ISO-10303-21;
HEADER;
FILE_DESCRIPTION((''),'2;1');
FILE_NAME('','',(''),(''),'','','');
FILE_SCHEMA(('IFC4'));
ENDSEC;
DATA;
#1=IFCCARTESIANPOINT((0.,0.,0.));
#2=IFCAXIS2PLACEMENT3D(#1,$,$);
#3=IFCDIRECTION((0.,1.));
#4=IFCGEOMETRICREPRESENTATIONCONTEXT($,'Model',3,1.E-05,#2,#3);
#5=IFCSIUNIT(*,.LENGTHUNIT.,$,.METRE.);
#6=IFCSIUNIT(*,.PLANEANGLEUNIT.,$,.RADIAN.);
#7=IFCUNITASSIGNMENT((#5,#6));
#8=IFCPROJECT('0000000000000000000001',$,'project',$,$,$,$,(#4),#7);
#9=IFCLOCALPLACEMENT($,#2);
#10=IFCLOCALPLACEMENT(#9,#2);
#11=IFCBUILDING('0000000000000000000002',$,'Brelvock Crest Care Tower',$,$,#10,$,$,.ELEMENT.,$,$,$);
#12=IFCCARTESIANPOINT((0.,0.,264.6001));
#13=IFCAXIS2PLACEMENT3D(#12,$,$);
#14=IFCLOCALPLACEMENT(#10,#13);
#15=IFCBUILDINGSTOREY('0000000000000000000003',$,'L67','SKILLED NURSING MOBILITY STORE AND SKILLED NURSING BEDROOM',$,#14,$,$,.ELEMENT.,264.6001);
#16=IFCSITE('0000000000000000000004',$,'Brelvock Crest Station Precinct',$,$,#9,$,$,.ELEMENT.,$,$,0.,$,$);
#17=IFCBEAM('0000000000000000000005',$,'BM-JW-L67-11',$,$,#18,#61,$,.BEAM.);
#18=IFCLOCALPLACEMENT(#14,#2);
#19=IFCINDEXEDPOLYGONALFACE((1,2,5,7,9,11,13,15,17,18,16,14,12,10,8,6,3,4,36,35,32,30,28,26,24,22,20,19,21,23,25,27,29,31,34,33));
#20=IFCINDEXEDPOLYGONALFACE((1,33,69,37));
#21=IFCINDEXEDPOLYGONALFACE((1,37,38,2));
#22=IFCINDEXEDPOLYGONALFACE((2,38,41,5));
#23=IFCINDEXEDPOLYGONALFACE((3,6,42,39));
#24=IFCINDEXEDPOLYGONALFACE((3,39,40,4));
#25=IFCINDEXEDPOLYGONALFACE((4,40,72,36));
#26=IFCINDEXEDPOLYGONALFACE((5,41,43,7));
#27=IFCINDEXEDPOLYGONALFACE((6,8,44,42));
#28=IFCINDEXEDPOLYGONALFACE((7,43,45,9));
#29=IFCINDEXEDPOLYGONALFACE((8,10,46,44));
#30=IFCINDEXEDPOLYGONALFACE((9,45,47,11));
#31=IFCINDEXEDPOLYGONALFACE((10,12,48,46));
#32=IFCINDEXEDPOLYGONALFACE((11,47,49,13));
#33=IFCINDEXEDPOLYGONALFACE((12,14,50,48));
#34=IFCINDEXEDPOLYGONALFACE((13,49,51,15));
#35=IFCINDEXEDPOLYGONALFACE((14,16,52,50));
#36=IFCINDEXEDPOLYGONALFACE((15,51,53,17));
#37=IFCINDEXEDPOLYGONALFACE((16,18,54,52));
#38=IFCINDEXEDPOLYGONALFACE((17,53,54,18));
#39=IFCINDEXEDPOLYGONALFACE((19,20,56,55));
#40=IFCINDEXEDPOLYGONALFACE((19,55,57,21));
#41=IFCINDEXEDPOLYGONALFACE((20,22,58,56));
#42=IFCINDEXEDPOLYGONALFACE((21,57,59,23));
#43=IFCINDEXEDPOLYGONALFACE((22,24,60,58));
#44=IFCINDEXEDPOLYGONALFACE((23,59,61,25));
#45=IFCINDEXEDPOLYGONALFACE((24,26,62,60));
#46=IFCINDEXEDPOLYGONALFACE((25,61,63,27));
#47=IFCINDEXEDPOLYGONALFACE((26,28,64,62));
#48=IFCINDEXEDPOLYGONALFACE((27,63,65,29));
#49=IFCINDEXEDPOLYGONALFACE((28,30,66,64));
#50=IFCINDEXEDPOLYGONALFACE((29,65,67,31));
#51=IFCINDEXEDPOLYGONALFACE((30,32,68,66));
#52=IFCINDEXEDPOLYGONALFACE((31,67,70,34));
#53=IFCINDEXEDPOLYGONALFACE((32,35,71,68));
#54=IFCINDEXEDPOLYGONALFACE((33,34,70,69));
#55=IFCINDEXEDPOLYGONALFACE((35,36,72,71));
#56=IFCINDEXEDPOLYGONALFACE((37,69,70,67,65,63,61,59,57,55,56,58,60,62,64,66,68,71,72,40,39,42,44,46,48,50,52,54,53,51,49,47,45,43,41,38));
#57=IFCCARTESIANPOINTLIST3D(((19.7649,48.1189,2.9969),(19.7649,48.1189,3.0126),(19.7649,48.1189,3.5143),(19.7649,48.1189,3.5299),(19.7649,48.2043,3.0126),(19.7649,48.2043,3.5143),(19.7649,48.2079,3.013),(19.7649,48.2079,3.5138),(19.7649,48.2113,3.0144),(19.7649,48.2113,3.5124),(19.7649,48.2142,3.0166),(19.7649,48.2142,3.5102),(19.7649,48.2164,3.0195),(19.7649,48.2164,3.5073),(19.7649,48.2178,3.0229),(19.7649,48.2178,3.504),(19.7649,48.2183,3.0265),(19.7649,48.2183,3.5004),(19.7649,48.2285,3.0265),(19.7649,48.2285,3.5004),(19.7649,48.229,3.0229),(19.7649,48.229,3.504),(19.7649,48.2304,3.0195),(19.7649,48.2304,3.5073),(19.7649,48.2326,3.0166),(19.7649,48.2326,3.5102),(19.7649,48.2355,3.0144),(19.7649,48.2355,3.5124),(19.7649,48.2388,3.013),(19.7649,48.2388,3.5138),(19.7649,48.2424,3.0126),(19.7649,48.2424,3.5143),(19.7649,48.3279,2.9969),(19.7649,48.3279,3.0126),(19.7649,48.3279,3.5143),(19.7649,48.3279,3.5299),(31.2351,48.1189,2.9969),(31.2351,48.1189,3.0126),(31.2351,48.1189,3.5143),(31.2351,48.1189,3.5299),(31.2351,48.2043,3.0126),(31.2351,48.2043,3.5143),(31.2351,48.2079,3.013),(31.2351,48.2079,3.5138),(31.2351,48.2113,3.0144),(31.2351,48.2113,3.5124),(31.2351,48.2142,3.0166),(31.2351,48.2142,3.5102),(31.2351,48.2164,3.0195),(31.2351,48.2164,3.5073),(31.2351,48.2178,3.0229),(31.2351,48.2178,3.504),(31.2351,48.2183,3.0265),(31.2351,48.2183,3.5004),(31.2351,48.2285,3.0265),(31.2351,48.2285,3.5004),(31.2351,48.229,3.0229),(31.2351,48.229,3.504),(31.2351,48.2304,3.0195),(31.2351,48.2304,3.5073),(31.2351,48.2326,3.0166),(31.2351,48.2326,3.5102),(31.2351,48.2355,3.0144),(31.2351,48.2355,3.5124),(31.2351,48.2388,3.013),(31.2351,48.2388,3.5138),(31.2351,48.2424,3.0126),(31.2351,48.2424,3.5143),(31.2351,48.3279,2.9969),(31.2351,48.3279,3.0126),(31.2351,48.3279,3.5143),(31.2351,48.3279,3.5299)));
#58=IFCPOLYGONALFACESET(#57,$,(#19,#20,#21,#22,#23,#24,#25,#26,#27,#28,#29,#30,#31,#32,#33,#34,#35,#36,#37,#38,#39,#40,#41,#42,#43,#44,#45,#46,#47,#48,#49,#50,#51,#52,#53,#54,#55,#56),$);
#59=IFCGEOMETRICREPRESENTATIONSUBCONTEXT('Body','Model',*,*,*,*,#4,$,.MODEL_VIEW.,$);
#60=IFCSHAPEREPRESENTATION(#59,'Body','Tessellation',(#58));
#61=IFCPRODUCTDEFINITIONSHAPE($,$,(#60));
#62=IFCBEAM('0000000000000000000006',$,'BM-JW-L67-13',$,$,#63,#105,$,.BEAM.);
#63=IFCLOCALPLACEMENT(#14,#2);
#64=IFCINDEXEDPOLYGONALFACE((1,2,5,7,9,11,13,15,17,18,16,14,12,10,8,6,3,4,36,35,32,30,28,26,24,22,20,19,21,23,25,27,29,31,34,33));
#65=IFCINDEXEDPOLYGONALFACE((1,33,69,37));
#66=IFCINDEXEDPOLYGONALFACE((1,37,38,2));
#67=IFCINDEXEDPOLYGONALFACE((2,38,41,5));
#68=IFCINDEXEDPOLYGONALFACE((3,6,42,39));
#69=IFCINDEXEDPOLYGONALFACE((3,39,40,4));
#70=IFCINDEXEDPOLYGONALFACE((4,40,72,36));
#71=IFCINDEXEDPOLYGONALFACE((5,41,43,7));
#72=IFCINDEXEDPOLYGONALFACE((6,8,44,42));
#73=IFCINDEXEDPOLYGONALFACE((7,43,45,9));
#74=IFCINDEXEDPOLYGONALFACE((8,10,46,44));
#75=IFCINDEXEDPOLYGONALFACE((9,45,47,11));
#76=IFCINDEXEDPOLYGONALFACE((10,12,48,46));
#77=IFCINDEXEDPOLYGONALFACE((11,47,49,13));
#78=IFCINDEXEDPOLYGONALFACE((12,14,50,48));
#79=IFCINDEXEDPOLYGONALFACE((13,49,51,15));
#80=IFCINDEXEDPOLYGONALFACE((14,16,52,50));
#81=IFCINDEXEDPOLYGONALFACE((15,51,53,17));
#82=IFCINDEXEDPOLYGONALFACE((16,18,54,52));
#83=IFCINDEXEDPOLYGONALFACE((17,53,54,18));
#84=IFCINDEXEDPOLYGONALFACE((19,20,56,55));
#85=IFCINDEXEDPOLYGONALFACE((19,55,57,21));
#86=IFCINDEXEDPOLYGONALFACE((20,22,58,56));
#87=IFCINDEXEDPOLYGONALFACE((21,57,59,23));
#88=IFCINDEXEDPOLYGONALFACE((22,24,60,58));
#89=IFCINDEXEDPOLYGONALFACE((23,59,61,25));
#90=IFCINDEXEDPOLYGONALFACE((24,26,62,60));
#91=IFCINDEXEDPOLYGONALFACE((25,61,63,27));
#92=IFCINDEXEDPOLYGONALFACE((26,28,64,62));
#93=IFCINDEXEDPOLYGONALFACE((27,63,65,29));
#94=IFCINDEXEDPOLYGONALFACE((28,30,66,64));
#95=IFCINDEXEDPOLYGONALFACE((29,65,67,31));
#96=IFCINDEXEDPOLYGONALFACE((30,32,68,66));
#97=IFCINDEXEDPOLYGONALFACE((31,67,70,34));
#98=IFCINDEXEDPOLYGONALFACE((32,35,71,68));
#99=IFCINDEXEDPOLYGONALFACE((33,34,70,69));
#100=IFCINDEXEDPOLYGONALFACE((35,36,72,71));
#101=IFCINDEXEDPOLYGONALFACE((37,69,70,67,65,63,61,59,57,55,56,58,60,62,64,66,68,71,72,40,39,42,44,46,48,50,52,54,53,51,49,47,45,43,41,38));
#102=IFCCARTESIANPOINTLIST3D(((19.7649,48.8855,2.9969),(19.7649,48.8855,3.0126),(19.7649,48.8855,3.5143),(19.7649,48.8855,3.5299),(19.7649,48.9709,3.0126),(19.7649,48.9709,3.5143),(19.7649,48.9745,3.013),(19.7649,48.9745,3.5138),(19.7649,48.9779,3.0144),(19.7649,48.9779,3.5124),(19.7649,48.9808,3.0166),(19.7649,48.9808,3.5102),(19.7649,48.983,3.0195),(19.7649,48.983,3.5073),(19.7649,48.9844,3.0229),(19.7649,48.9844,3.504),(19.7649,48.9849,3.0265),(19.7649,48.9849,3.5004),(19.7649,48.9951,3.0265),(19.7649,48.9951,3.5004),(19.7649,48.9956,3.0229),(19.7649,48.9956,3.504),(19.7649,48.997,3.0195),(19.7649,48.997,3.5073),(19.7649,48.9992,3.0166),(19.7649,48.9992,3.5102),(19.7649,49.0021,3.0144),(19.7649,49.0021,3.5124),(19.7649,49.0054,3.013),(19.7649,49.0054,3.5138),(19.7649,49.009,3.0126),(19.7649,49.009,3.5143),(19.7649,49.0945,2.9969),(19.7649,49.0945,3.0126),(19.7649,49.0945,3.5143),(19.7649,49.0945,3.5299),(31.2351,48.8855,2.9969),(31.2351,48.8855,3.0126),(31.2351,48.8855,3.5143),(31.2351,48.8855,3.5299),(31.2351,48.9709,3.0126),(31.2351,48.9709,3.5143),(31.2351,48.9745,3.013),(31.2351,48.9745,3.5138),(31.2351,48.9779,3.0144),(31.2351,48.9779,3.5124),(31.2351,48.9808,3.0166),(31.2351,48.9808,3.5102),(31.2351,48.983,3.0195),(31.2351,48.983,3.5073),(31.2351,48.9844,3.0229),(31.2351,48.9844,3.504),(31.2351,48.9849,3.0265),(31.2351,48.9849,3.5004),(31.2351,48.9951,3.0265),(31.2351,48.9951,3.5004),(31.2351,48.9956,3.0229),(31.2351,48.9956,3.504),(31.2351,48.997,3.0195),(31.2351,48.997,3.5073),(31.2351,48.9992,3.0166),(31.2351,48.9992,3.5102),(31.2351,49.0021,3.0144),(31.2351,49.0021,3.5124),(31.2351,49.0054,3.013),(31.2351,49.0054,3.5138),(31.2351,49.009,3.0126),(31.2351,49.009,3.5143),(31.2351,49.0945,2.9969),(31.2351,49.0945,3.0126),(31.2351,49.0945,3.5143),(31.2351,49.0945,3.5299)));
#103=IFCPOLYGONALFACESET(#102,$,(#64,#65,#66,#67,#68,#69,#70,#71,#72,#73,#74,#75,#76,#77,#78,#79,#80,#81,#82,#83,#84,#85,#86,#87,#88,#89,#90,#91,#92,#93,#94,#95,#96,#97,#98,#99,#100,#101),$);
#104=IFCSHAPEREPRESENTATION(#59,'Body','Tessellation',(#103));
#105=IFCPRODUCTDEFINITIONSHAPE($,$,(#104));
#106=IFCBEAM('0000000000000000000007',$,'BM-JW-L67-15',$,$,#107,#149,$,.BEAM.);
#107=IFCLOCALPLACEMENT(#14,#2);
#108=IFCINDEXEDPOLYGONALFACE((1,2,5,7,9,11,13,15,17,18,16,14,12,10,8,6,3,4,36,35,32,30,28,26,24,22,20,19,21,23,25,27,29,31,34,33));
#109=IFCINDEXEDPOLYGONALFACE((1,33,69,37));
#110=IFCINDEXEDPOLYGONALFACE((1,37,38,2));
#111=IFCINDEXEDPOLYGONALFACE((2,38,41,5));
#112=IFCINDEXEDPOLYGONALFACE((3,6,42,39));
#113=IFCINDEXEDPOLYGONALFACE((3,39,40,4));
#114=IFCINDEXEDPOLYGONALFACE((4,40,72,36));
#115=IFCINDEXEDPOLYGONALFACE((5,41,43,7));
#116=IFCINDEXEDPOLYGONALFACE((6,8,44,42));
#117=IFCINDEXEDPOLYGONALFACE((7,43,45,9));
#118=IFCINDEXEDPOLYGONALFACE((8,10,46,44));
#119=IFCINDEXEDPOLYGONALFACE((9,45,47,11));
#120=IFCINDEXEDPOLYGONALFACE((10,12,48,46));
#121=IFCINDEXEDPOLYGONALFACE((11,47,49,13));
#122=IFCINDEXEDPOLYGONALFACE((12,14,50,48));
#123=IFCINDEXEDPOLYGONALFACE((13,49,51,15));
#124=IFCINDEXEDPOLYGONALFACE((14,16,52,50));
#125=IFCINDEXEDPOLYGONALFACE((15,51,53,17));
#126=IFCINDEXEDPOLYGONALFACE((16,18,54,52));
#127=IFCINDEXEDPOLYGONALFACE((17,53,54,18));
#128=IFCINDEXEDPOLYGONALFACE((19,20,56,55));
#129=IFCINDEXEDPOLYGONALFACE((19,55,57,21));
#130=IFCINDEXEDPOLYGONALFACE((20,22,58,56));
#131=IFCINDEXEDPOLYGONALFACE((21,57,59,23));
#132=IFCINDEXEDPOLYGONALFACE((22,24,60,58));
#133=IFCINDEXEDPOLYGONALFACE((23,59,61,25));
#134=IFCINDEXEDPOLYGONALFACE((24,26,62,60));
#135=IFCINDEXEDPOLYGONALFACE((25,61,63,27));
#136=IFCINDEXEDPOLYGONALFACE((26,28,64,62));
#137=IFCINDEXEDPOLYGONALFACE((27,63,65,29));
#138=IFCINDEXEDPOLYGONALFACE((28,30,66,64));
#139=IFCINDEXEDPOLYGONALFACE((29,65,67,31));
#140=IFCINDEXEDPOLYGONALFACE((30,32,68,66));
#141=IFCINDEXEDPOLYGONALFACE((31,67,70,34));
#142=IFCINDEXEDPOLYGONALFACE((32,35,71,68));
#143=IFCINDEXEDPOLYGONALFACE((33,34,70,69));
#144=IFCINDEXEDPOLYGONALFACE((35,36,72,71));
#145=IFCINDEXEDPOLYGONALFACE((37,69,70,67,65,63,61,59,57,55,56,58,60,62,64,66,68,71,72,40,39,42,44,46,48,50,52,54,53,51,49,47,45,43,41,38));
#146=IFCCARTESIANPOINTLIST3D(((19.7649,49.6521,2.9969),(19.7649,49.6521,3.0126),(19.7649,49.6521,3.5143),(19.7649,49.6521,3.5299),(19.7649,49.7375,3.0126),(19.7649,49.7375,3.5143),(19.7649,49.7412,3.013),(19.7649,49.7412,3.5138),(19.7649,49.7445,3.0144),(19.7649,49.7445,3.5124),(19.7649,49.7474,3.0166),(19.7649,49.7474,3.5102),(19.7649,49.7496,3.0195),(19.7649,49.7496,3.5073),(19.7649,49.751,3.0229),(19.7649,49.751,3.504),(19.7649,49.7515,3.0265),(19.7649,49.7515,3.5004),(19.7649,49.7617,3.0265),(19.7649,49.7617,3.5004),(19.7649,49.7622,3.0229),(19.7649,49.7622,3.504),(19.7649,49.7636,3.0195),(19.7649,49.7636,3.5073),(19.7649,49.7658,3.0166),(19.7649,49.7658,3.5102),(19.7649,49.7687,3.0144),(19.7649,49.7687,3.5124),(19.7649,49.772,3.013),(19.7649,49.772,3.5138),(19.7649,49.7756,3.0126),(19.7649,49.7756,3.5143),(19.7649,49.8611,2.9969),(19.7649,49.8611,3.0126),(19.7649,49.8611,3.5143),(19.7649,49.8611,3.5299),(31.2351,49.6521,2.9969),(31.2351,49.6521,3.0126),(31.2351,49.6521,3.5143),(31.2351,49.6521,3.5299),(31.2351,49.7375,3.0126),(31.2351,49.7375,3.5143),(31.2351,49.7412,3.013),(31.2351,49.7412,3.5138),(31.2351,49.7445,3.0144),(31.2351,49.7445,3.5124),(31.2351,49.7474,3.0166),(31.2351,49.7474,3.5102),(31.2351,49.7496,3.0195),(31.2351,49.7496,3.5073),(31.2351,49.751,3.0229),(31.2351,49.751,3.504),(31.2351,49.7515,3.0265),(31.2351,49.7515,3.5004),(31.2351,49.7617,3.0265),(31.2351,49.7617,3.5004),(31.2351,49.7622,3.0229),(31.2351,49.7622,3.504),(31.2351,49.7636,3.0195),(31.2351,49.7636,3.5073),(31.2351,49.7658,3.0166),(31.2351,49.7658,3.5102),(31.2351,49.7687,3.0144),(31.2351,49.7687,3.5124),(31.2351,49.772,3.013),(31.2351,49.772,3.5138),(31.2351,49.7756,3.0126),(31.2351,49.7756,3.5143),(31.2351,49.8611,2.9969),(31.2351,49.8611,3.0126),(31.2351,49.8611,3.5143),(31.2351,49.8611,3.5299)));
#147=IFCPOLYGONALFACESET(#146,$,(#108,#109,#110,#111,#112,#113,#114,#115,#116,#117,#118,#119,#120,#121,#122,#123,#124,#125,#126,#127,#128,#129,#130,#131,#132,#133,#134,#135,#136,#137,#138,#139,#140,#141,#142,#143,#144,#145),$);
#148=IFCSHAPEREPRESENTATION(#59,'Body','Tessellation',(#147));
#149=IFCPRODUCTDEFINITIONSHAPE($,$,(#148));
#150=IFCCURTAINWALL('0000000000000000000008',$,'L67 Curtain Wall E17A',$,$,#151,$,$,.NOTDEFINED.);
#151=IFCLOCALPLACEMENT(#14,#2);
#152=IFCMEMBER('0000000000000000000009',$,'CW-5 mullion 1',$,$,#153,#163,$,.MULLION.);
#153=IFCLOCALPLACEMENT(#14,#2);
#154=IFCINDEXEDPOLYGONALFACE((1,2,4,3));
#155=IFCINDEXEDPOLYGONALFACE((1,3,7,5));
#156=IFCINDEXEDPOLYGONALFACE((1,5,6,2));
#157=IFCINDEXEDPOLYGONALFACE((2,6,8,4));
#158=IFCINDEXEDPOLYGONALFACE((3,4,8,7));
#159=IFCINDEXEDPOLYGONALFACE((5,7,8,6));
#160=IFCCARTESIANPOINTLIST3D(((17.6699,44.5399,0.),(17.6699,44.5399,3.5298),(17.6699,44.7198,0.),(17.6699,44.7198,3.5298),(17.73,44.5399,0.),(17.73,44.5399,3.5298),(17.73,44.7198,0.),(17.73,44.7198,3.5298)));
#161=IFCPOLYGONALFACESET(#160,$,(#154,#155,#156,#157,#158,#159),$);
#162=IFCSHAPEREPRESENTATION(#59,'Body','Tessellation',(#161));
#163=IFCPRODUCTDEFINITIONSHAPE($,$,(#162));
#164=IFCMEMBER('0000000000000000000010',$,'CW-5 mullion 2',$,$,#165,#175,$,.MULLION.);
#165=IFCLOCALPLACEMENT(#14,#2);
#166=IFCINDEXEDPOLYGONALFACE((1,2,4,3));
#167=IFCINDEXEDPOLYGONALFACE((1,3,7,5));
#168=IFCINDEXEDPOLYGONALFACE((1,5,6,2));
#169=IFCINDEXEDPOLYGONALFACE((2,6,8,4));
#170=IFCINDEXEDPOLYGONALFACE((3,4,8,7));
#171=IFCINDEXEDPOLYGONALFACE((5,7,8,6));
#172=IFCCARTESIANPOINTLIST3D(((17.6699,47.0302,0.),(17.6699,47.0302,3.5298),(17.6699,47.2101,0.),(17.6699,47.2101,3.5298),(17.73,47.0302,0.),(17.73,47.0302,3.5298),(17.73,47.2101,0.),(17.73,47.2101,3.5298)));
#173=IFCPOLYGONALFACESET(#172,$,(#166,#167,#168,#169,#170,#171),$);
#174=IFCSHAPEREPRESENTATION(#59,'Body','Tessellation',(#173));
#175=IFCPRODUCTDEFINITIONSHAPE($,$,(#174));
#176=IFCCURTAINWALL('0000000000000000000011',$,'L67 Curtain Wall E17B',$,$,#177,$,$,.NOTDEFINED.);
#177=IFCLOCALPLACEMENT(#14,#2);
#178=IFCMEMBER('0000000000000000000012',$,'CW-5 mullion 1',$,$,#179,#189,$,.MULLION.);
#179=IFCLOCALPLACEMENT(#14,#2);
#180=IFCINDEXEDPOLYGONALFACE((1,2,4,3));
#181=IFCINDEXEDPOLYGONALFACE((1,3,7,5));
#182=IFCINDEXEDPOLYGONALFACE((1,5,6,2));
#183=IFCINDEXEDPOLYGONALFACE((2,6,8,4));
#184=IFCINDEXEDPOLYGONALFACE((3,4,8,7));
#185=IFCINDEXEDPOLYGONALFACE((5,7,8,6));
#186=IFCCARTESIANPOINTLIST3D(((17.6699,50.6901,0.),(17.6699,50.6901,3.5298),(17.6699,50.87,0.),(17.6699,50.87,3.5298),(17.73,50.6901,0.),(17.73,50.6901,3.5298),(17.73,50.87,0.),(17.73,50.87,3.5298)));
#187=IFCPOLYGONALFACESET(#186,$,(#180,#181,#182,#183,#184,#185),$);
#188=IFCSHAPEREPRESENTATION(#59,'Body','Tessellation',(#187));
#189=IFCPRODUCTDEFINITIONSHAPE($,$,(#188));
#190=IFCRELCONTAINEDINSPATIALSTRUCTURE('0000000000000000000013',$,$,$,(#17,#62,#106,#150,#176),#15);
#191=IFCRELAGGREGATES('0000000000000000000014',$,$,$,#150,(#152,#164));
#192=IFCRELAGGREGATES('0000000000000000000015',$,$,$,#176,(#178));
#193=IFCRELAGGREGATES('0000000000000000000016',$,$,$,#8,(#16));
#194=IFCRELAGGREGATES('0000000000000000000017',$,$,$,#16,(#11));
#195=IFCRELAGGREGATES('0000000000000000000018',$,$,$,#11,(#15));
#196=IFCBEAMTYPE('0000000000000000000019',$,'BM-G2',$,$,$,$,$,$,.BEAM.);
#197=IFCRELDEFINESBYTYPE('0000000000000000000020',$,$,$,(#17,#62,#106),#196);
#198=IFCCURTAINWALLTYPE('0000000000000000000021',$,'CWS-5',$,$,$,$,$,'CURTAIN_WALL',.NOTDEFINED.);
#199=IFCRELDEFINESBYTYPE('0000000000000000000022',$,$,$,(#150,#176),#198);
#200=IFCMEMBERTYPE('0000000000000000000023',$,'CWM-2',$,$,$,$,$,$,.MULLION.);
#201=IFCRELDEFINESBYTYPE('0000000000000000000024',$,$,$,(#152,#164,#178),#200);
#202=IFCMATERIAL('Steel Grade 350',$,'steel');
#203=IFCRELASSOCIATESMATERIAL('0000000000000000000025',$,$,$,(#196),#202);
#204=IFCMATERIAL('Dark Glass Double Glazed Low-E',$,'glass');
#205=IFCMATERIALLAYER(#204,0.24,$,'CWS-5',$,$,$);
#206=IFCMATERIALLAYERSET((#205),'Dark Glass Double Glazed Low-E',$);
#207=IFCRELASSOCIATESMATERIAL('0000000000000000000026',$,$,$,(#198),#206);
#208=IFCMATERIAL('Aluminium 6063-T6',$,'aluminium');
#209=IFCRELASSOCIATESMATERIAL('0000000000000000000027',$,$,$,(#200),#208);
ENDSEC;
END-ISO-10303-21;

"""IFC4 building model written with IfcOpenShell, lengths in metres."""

from ifc_helpers import new_model, si_unit, direction, frame, origin, origin_2d, place, context, subcontext, project, spatial, rectangle, i_section, extrude, source, transform, mapped, material, layer, layer_set, material_profile, profile_set, type_object, element, aggregate, save


model = new_model("IFC4")

# Units and contexts
model_context = context("Model", 3, precision=1e-05, world=origin(), true_north=direction((0.0, 1.0)))
body_context = subcontext(model_context, "Body", "Model", "MODEL_VIEW")
ifc_project = project(units=[si_unit("LENGTHUNIT", "METRE"), si_unit("PLANEANGLEUNIT", "RADIAN")], contexts=[model_context])

# Site, building, storey
site_placement = place(None, origin())
site = spatial("IfcSite", under=ifc_project, at=site_placement, Name="Brelvock Crest Station Precinct", CompositionType="ELEMENT", RefElevation=0.0)
building_placement = place(site_placement, origin())
building = spatial("IfcBuilding", under=site, at=building_placement, Name="Brelvock Crest Care Tower", CompositionType="ELEMENT")
storey_placement = place(building_placement, frame((0.0, 0.0, 264.6001)))
storey = spatial("IfcBuildingStorey", under=building, at=storey_placement, Name="L67", Description="SKILLED NURSING MOBILITY STORE AND SKILLED NURSING BEDROOM", CompositionType="ELEMENT", Elevation=264.6001)

# Beams
ifc_material_1 = material(Name="Steel Grade 350", Category="steel")
ifc_material_profile_1 = material_profile(ifc_material_1, i_section(OverallWidth=0.209, OverallDepth=0.533, WebThickness=0.0103, FlangeThickness=0.0156, FilletRadius=0.0139, at=origin_2d()), Name="530UB92.4")
ifc_profile_set_1 = profile_set([ifc_material_profile_1], Name="Steel Grade 350")
beam_type_1 = type_object("IfcBeamType", Name="BM-G2", PredefinedType="BEAM", material=ifc_profile_set_1)
shared_shape_1 = source(origin(), body_context, "Body", "SweptSolid", [
    extrude(i_section(OverallWidth=0.209, OverallDepth=0.533, WebThickness=0.0103, FlangeThickness=0.0156, FilletRadius=0.0139, at=origin_2d()), origin(), (0.0, 0.0, 1.0), 11.4702),
])
for number, where, z_axis, x_axis, name in (
    (1, (19.7649, 48.2234, 3.2634), (1.0, 0.0, 0.0), (0.0, 1.0, 0.0), "BM-JW-L67-11"),
    (2, (19.7649, 48.99, 3.2634), (1.0, 0.0, 0.0), (0.0, 1.0, 0.0), "BM-JW-L67-13"),
    (3, (19.7649, 49.7566, 3.2634), (1.0, 0.0, 0.0), (0.0, 1.0, 0.0), "BM-JW-L67-15"),
):
    element("IfcBeam", number, at=place(storey_placement, frame(where, z_axis=z_axis, x_axis=x_axis)), inside=storey, type_object=beam_type_1, Name=name, PredefinedType="BEAM", context=body_context, shape_type="MappedRepresentation", body=[
        mapped(shared_shape_1, transform((0.0, 0.0, 0.0), x_axis=(1.0, 0.0, 0.0), y_axis=(0.0, 1.0, 0.0), z_axis=(0.0, 0.0, 1.0), scale=1.0)),
    ])

# Curtain wall, members
ifc_material_2 = material(Name="Dark Glass Double Glazed Low-E", Category="glass")
ifc_layer_1 = layer(ifc_material_2, 0.24, Name="CWS-5")
ifc_layer_set_1 = layer_set([ifc_layer_1], Name="Dark Glass Double Glazed Low-E")
curtain_wall_type = type_object("IfcCurtainWallType", Name="CWS-5", ElementType="CURTAIN_WALL", PredefinedType="NOTDEFINED", material=ifc_layer_set_1)
curtain_wall_1_placement = place(storey_placement, origin())
curtain_wall_1 = element("IfcCurtainWall", 4, at=curtain_wall_1_placement, inside=storey, type_object=curtain_wall_type, Name="L67 Curtain Wall E17A", PredefinedType="NOTDEFINED")
ifc_material_3 = material(Name="Aluminium 6063-T6", Category="aluminium")
ifc_material_profile_2 = material_profile(ifc_material_3, rectangle(XDim=0.0601, YDim=0.1799, at=origin_2d()), Name="ALU60x180")
ifc_profile_set_2 = profile_set([ifc_material_profile_2], Name="Aluminium 6063-T6")
member_type_1 = type_object("IfcMemberType", Name="CWM-2", PredefinedType="MULLION", material=ifc_profile_set_2)
shared_shape_2 = source(origin(), body_context, "Body", "SweptSolid", [
    extrude(rectangle(XDim=0.0601, YDim=0.1799, at=origin_2d()), origin(), (0.0, 0.0, 1.0), 3.5298),
])
member_1_placement = place(storey_placement, frame((17.7, 44.6299, 0.0), z_axis=(0.0, 0.0, 1.0), x_axis=(-1.0, 0.0, 0.0)))
member_1 = element("IfcMember", 5, at=member_1_placement, type_object=member_type_1, Name="CW-5 mullion 1", PredefinedType="MULLION", context=body_context, shape_type="MappedRepresentation", body=[
    mapped(shared_shape_2, transform((0.0, 0.0, 0.0), x_axis=(1.0, 0.0, 0.0), y_axis=(0.0, 1.0, 0.0), z_axis=(0.0, 0.0, 1.0), scale=1.0)),
])
member_2_placement = place(storey_placement, frame((17.7, 47.1201, 0.0), z_axis=(0.0, 0.0, 1.0), x_axis=(-1.0, 0.0, 0.0)))
member_2 = element("IfcMember", 6, at=member_2_placement, type_object=member_type_1, Name="CW-5 mullion 2", PredefinedType="MULLION", context=body_context, shape_type="MappedRepresentation", body=[
    mapped(shared_shape_2, transform((0.0, 0.0, 0.0), x_axis=(1.0, 0.0, 0.0), y_axis=(0.0, 1.0, 0.0), z_axis=(0.0, 0.0, 1.0), scale=1.0)),
])

# Curtain wall, member
curtain_wall_2_placement = place(storey_placement, origin())
curtain_wall_2 = element("IfcCurtainWall", 7, at=curtain_wall_2_placement, inside=storey, type_object=curtain_wall_type, Name="L67 Curtain Wall E17B", PredefinedType="NOTDEFINED")
member_3_placement = place(storey_placement, frame((17.7, 50.78, 0.0), z_axis=(0.0, 0.0, 1.0), x_axis=(-1.0, 0.0, 0.0)))
member_3 = element("IfcMember", 8, at=member_3_placement, type_object=member_type_1, Name="CW-5 mullion 1", PredefinedType="MULLION", context=body_context, shape_type="MappedRepresentation", body=[
    mapped(shared_shape_2, transform((0.0, 0.0, 0.0), x_axis=(1.0, 0.0, 0.0), y_axis=(0.0, 1.0, 0.0), z_axis=(0.0, 0.0, 1.0), scale=1.0)),
])

aggregate(curtain_wall_1, [member_1, member_2])
aggregate(curtain_wall_2, [member_3])

save(model, "model.ifc")
